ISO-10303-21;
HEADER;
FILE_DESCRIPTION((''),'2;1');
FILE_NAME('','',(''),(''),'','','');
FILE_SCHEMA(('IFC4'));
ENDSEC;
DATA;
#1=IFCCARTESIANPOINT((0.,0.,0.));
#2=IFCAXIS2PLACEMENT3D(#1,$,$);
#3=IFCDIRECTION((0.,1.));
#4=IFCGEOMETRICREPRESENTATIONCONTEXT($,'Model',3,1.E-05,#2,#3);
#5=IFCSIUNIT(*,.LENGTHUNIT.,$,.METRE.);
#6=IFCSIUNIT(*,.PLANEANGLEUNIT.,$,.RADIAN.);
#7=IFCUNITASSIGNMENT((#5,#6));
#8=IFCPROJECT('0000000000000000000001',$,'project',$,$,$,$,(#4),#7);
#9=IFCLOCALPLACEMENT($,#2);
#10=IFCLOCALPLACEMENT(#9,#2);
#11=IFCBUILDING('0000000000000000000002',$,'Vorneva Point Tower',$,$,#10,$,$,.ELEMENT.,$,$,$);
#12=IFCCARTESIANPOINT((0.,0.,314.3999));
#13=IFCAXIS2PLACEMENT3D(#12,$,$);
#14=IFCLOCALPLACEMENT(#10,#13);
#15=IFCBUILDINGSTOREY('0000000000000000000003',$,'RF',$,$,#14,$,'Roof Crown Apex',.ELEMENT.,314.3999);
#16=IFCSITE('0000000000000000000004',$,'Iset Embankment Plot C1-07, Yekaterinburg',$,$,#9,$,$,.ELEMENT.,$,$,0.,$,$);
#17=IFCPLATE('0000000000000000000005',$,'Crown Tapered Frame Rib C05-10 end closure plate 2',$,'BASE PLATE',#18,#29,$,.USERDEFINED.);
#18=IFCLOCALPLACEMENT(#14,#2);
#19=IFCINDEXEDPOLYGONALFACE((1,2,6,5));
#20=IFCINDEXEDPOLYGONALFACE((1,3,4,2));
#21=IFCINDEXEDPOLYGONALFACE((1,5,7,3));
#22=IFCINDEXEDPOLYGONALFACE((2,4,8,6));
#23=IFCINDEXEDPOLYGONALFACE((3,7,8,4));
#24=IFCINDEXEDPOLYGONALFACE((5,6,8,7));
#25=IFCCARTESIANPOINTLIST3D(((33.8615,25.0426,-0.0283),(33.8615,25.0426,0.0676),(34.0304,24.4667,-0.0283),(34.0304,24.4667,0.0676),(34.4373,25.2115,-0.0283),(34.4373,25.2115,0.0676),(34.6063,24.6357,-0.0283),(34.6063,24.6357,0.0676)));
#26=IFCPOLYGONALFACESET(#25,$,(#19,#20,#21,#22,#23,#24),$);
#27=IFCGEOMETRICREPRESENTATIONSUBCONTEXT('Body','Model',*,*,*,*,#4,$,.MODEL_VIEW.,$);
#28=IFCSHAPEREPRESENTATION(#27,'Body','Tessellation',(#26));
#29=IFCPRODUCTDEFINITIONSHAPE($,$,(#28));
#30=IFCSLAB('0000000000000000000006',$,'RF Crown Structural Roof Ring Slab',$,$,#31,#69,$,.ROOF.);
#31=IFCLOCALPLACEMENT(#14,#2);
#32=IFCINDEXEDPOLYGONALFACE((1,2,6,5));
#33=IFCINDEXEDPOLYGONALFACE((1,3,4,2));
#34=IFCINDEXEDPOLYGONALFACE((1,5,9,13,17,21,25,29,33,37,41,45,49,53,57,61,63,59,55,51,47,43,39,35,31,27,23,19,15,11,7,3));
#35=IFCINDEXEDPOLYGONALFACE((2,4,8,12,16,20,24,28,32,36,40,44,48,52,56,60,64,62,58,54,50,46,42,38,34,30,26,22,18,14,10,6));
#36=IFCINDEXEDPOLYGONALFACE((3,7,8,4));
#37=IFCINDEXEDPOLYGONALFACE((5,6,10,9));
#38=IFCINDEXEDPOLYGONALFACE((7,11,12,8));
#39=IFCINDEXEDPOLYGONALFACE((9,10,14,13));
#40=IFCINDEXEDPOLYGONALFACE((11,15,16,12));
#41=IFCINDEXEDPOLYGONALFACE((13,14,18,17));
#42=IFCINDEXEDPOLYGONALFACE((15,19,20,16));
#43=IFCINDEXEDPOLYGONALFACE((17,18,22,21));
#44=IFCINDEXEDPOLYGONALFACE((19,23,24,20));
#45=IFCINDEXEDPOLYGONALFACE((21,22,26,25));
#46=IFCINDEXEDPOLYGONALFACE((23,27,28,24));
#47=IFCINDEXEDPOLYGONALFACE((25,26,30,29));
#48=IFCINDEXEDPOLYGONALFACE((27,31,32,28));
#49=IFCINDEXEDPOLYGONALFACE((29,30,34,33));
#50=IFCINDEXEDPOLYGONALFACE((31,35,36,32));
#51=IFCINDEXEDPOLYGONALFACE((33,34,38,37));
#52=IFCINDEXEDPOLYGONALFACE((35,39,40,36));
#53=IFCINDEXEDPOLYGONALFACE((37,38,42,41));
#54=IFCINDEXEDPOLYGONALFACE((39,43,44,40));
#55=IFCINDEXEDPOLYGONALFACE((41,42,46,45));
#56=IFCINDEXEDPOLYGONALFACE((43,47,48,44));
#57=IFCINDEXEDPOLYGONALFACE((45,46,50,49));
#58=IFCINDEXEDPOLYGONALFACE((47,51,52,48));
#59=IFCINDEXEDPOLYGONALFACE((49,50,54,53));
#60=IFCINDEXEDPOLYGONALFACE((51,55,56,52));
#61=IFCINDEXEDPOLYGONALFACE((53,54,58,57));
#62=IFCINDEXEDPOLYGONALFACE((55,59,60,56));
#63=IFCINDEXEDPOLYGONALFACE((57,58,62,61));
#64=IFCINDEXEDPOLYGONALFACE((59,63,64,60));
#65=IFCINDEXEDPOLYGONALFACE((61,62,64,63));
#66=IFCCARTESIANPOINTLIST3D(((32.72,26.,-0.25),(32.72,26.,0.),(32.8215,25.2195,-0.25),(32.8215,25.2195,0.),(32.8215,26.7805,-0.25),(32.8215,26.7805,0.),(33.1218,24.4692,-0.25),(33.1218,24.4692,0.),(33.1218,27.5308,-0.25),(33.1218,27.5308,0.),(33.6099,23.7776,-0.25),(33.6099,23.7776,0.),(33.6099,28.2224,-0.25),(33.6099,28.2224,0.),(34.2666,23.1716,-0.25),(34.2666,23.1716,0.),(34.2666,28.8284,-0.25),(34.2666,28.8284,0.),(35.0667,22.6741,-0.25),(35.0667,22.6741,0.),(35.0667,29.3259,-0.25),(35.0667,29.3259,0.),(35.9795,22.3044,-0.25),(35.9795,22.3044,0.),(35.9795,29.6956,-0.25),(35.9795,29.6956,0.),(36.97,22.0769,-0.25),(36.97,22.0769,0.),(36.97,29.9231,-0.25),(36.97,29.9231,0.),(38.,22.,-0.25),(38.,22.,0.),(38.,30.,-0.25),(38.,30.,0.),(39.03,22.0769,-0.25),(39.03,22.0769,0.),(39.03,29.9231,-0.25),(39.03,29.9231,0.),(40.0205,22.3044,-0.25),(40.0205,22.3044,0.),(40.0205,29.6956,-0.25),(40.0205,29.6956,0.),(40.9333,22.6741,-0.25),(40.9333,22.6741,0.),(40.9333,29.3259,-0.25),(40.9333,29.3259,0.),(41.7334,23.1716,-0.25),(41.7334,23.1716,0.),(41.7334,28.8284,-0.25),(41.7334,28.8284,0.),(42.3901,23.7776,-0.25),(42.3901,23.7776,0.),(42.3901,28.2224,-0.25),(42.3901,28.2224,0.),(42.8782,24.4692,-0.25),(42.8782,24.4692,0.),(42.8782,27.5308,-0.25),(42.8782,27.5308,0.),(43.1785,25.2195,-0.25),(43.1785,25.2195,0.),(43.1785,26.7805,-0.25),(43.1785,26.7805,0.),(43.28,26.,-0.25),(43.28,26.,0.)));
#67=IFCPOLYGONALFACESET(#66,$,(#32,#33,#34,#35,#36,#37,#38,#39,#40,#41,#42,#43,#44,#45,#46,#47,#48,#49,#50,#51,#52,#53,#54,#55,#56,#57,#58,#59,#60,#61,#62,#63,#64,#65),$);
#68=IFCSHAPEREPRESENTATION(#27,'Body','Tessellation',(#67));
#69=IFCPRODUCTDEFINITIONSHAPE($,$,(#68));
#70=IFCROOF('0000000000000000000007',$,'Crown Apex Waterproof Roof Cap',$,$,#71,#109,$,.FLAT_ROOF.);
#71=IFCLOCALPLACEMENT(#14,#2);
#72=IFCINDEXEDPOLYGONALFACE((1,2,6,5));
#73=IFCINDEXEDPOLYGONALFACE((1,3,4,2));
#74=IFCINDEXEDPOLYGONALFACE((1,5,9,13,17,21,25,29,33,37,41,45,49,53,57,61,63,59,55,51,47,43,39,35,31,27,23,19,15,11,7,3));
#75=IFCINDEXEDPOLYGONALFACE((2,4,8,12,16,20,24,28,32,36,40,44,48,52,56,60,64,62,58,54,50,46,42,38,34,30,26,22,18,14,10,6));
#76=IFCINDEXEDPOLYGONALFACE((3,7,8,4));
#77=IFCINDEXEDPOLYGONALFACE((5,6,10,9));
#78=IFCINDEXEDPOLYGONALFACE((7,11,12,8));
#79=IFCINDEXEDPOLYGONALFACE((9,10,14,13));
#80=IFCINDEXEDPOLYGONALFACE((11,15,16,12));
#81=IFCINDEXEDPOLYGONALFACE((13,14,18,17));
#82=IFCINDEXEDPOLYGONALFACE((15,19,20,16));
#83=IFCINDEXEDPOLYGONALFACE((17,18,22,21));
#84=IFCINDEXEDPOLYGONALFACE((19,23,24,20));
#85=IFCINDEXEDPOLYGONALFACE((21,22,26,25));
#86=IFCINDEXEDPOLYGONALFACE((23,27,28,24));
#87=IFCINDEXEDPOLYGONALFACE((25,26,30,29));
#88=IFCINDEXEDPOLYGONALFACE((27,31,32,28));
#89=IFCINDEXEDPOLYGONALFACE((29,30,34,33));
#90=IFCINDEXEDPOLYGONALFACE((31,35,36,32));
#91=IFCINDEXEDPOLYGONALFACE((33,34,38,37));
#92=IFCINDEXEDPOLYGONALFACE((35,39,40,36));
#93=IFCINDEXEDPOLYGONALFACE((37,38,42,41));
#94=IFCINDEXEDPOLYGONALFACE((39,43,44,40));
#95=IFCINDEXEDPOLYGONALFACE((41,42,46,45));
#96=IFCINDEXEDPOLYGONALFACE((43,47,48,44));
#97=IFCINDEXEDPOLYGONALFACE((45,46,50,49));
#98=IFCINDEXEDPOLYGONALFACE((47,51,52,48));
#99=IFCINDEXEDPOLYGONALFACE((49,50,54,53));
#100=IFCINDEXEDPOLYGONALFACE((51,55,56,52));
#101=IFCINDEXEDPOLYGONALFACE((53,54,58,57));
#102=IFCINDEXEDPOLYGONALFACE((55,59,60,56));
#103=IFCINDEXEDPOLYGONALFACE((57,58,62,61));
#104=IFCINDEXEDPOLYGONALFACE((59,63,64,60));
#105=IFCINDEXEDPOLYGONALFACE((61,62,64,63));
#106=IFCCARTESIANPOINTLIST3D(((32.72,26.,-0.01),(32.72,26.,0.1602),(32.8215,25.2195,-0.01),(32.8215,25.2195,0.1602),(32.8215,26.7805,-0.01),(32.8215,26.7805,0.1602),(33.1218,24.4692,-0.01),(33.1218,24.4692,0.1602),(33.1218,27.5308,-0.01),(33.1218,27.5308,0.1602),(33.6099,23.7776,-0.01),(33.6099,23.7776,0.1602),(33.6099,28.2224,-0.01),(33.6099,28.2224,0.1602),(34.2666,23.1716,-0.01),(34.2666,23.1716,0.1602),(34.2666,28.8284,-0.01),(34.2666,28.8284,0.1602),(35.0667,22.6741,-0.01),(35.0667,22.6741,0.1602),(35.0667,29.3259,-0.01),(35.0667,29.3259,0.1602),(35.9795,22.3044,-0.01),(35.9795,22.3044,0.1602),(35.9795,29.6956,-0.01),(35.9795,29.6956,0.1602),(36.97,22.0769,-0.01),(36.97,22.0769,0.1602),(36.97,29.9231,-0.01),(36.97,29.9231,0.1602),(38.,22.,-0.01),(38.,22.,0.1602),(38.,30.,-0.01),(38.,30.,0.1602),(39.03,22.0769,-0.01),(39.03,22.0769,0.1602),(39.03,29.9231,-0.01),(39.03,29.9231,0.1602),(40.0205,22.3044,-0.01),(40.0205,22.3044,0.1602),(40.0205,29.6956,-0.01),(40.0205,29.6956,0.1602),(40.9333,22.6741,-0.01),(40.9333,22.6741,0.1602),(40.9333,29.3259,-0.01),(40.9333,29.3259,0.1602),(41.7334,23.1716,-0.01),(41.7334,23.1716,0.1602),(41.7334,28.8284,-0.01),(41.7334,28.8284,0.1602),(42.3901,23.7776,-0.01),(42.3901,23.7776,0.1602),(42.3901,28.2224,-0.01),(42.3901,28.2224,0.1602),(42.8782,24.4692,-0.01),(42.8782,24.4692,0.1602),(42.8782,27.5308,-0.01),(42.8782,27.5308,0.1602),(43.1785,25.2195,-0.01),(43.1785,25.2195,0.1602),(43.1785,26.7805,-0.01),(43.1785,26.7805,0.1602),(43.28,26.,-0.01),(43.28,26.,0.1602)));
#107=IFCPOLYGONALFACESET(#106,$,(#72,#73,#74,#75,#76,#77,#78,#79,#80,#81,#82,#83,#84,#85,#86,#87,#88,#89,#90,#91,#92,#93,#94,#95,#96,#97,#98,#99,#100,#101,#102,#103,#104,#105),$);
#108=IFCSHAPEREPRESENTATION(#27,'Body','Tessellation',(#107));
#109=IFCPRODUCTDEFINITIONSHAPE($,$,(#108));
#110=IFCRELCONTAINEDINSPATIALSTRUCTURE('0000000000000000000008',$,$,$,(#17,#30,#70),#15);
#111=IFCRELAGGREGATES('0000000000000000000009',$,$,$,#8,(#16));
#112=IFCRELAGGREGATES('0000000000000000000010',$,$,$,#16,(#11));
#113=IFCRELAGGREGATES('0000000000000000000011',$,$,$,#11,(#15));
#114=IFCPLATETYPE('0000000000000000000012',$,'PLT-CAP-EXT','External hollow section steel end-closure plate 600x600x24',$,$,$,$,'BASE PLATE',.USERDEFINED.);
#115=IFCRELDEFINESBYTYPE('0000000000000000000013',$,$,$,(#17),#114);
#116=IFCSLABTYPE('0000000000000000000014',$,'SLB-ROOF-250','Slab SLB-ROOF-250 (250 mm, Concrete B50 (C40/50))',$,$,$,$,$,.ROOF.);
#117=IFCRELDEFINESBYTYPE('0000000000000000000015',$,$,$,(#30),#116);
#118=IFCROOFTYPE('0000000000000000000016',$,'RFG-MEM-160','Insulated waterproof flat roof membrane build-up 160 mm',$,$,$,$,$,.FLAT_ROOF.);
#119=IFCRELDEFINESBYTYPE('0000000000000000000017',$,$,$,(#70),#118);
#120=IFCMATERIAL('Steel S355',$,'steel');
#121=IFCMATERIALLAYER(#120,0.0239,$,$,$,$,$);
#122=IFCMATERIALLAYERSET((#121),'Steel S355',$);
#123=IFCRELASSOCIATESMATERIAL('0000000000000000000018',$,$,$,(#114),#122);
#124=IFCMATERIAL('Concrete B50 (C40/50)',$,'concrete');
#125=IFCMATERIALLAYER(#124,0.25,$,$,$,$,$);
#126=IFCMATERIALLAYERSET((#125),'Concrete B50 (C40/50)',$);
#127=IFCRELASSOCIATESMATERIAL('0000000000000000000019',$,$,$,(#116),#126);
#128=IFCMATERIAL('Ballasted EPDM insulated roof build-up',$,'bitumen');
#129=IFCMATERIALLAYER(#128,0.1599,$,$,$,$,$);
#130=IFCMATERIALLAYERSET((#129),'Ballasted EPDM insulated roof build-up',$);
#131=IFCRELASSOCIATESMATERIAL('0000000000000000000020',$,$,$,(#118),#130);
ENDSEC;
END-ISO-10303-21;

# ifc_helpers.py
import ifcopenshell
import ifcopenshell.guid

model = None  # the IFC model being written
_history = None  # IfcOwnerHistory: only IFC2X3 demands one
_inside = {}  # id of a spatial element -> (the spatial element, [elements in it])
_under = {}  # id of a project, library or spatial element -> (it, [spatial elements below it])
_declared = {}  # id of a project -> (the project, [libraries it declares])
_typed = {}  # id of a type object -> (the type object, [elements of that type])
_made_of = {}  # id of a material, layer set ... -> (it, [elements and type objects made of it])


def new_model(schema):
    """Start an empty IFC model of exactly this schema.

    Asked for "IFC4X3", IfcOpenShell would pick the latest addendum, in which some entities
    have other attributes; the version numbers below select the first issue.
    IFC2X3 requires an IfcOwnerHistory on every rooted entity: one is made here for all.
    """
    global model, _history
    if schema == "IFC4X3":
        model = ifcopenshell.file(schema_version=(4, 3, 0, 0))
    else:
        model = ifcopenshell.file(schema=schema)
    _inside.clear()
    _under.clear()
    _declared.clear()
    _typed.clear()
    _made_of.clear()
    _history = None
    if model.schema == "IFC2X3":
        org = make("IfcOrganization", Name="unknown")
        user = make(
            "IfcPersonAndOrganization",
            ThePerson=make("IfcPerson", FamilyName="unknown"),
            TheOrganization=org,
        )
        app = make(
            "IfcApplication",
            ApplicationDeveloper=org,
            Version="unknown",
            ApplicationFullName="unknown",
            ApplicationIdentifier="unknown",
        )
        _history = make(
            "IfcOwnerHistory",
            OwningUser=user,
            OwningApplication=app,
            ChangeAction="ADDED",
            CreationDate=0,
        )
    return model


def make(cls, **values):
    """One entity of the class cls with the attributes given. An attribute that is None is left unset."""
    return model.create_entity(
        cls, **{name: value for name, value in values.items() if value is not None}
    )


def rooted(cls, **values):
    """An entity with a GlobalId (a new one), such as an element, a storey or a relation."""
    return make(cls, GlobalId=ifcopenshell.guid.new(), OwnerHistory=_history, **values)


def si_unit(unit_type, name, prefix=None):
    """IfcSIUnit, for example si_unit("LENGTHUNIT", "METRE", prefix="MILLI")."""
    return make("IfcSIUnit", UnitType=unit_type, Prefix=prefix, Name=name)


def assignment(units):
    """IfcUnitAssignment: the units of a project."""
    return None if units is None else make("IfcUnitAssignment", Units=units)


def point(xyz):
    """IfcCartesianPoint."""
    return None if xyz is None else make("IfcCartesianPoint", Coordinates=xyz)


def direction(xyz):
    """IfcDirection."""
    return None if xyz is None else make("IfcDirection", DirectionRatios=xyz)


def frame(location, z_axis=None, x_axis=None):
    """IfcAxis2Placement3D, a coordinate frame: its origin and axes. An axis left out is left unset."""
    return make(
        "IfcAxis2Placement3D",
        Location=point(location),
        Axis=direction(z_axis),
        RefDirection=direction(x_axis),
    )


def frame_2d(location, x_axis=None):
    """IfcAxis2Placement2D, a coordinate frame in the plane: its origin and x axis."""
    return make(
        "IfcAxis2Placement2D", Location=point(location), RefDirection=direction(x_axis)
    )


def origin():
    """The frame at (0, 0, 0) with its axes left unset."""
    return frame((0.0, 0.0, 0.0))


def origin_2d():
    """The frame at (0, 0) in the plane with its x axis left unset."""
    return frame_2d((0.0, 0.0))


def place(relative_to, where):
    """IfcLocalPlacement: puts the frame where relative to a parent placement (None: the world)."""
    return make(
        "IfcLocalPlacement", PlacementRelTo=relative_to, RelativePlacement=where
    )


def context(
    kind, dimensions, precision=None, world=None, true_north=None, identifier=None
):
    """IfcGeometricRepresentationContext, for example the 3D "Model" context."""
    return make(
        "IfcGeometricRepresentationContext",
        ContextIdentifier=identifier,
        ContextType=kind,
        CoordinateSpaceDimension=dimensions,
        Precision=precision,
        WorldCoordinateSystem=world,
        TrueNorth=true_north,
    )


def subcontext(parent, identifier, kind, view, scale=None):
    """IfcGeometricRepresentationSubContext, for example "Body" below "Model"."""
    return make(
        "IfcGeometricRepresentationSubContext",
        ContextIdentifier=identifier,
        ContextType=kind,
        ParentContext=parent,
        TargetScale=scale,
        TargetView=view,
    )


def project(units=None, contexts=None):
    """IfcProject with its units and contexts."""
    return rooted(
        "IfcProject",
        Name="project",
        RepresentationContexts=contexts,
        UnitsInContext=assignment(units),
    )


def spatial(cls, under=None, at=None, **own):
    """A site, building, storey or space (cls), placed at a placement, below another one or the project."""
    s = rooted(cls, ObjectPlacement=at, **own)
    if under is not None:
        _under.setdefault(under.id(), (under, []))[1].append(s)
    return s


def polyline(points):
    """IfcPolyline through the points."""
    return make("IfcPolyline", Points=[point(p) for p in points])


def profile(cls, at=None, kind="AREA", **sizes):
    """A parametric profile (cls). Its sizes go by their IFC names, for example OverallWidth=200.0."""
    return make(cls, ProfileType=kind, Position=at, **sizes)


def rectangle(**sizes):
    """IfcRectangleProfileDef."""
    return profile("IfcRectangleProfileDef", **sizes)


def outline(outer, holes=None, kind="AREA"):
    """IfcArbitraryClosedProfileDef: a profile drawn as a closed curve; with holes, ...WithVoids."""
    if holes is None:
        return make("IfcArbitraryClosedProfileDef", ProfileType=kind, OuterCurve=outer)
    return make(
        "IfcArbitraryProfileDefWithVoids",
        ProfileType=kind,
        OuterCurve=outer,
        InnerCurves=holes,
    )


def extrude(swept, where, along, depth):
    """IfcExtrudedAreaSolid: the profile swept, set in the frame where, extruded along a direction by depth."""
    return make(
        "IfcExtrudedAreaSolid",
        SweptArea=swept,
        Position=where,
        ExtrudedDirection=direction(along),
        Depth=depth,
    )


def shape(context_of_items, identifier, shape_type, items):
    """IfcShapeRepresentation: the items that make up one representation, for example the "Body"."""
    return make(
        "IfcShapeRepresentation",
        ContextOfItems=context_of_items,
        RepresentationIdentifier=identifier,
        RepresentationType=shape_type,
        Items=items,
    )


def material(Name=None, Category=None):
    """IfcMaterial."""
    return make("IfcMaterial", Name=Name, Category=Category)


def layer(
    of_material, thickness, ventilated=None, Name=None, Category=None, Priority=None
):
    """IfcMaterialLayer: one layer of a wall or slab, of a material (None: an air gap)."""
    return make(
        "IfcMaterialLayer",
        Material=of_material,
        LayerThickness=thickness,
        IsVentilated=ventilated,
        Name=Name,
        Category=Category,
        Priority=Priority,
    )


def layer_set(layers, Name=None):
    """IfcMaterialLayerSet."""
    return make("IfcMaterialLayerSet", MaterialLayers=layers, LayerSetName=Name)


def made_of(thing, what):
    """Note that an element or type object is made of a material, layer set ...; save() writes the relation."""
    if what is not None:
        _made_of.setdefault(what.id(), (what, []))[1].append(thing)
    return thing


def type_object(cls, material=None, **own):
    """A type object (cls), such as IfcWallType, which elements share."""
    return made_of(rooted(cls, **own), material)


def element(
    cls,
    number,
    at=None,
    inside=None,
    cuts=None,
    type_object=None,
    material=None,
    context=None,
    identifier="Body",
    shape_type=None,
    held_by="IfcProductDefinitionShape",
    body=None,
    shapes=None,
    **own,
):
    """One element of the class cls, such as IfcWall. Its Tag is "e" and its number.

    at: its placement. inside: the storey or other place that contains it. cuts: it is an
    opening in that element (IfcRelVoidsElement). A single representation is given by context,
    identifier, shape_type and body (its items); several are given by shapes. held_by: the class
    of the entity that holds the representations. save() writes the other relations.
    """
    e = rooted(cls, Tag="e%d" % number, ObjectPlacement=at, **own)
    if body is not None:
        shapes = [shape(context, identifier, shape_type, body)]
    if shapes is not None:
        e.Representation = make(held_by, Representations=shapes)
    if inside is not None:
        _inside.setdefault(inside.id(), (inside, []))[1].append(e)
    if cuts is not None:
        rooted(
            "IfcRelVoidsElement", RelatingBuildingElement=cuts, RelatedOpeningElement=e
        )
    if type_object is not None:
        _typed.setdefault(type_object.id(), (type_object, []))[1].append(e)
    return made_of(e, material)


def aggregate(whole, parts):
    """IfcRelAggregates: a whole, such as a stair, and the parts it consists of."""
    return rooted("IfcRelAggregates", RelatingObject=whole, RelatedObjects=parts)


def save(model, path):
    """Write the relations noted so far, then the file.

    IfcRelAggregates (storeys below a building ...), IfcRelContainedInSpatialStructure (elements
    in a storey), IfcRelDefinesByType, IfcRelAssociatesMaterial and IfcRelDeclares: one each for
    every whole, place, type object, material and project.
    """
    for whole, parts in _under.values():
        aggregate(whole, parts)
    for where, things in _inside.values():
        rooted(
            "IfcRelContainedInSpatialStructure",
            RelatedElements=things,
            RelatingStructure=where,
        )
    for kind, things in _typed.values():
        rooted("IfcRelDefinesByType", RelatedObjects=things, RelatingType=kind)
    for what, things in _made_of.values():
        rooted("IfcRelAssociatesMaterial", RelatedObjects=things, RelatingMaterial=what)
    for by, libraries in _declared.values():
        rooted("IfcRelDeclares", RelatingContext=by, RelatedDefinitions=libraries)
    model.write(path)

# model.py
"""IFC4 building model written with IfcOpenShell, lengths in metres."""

from ifc_helpers import new_model, si_unit, direction, frame, origin, origin_2d, place, context, subcontext, project, spatial, polyline, rectangle, outline, extrude, material, layer, layer_set, type_object, element, save


model = new_model("IFC4")

# Units and contexts
model_context = context("Model", 3, precision=1e-05, world=origin(), true_north=direction((0.0, 1.0)))
body_context = subcontext(model_context, "Body", "Model", "MODEL_VIEW")
ifc_project = project(units=[si_unit("LENGTHUNIT", "METRE"), si_unit("PLANEANGLEUNIT", "RADIAN")], contexts=[model_context])

# Site, building, storey
site_placement = place(None, origin())
site = spatial("IfcSite", under=ifc_project, at=site_placement, Name="Iset Embankment Plot C1-07, Yekaterinburg", CompositionType="ELEMENT", RefElevation=0.0)
building_placement = place(site_placement, origin())
building = spatial("IfcBuilding", under=site, at=building_placement, Name="Vorneva Point Tower", CompositionType="ELEMENT")
storey_placement = place(building_placement, frame((0.0, 0.0, 314.3999)))
storey = spatial("IfcBuildingStorey", under=building, at=storey_placement, Name="RF", LongName="Roof Crown Apex", CompositionType="ELEMENT", Elevation=314.3999)

# Shared definitions
ifc_material_1 = material(Name="Steel S355", Category="steel")

# Plate
ifc_layer_1 = layer(ifc_material_1, 0.0239)
ifc_layer_set_1 = layer_set([ifc_layer_1], Name="Steel S355")
plate_type_1 = type_object("IfcPlateType", Name="PLT-CAP-EXT", Description="External hollow section steel end-closure plate 600x600x24", ElementType="BASE PLATE", PredefinedType="USERDEFINED", material=ifc_layer_set_1)
for number, where, z_axis, x_axis, name in (
    (1, (34.2339, 24.8391, -0.0283), (0.0, 0.0, 1.0), (0.959555, 0.281521, 0.0), "Crown Tapered Frame Rib C05-10 end closure plate 2"),
):
    element("IfcPlate", number, at=place(storey_placement, frame(where, z_axis=z_axis, x_axis=x_axis)), inside=storey, type_object=plate_type_1, Name=name, ObjectType="BASE PLATE", PredefinedType="USERDEFINED", context=body_context, shape_type="SweptSolid", body=[
        extrude(rectangle(XDim=0.6001, YDim=0.6001, at=origin_2d()), origin(), (0.0, 0.0, 1.0), 0.0959),
    ])

# Slab
ifc_material_2 = material(Name="Concrete B50 (C40/50)", Category="concrete")
ifc_layer_2 = layer(ifc_material_2, 0.25)
ifc_layer_set_2 = layer_set([ifc_layer_2], Name="Concrete B50 (C40/50)")
slab_type = type_object("IfcSlabType", Name="SLB-ROOF-250", Description="Slab SLB-ROOF-250 (250 mm, Concrete B50 (C40/50))", PredefinedType="ROOF", material=ifc_layer_set_2)
slab_placement = place(storey_placement, frame((0.0, 0.0, -0.25)))
element("IfcSlab", 2, at=slab_placement, inside=storey, type_object=slab_type, Name="RF Crown Structural Roof Ring Slab", PredefinedType="ROOF", context=body_context, shape_type="SweptSolid", body=[
    extrude(outline(polyline([(43.28, 26.0), (43.1785, 26.7805), (42.8782, 27.5308), (42.3901, 28.2224), (41.7334, 28.8284), (40.9333, 29.3259), (40.0205, 29.6956), (39.03, 29.9231), (38.0, 30.0), (36.97, 29.9231), (35.9795, 29.6956), (35.0667, 29.3259), (34.2666, 28.8284), (33.6099, 28.2224), (33.1218, 27.5308), (32.8215, 26.7805), (32.72, 26.0), (32.8215, 25.2195), (33.1218, 24.4692), (33.6099, 23.7776), (34.2666, 23.1716), (35.0667, 22.6741), (35.9795, 22.3044), (36.97, 22.0769), (38.0, 22.0), (39.03, 22.0769), (40.0205, 22.3044), (40.9333, 22.6741), (41.7334, 23.1716), (42.3901, 23.7776), (42.8782, 24.4692), (43.1785, 25.2195), (43.28, 26.0)])), origin(), (0.0, 0.0, 1.0), 0.25),
])

# Roof
ifc_material_3 = material(Name="Ballasted EPDM insulated roof build-up", Category="bitumen")
ifc_layer_3 = layer(ifc_material_3, 0.1599)
ifc_layer_set_3 = layer_set([ifc_layer_3], Name="Ballasted EPDM insulated roof build-up")
roof_type = type_object("IfcRoofType", Name="RFG-MEM-160", Description="Insulated waterproof flat roof membrane build-up 160 mm", PredefinedType="FLAT_ROOF", material=ifc_layer_set_3)
roof_placement = place(storey_placement, frame((0.0, 0.0, -0.01)))
element("IfcRoof", 3, at=roof_placement, inside=storey, type_object=roof_type, Name="Crown Apex Waterproof Roof Cap", PredefinedType="FLAT_ROOF", context=body_context, shape_type="SweptSolid", body=[
    extrude(outline(polyline([(43.28, 26.0), (43.1785, 26.7805), (42.8782, 27.5308), (42.3901, 28.2224), (41.7334, 28.8284), (40.9333, 29.3259), (40.0205, 29.6956), (39.03, 29.9231), (38.0, 30.0), (36.97, 29.9231), (35.9795, 29.6956), (35.0667, 29.3259), (34.2666, 28.8284), (33.6099, 28.2224), (33.1218, 27.5308), (32.8215, 26.7805), (32.72, 26.0), (32.8215, 25.2195), (33.1218, 24.4692), (33.6099, 23.7776), (34.2666, 23.1716), (35.0667, 22.6741), (35.9795, 22.3044), (36.97, 22.0769), (38.0, 22.0), (39.03, 22.0769), (40.0205, 22.3044), (40.9333, 22.6741), (41.7334, 23.1716), (42.3901, 23.7776), (42.8782, 24.4692), (43.1785, 25.2195), (43.28, 26.0)])), origin(), (0.0, 0.0, 1.0), 0.1702),
])

save(model, "model.ifc")
